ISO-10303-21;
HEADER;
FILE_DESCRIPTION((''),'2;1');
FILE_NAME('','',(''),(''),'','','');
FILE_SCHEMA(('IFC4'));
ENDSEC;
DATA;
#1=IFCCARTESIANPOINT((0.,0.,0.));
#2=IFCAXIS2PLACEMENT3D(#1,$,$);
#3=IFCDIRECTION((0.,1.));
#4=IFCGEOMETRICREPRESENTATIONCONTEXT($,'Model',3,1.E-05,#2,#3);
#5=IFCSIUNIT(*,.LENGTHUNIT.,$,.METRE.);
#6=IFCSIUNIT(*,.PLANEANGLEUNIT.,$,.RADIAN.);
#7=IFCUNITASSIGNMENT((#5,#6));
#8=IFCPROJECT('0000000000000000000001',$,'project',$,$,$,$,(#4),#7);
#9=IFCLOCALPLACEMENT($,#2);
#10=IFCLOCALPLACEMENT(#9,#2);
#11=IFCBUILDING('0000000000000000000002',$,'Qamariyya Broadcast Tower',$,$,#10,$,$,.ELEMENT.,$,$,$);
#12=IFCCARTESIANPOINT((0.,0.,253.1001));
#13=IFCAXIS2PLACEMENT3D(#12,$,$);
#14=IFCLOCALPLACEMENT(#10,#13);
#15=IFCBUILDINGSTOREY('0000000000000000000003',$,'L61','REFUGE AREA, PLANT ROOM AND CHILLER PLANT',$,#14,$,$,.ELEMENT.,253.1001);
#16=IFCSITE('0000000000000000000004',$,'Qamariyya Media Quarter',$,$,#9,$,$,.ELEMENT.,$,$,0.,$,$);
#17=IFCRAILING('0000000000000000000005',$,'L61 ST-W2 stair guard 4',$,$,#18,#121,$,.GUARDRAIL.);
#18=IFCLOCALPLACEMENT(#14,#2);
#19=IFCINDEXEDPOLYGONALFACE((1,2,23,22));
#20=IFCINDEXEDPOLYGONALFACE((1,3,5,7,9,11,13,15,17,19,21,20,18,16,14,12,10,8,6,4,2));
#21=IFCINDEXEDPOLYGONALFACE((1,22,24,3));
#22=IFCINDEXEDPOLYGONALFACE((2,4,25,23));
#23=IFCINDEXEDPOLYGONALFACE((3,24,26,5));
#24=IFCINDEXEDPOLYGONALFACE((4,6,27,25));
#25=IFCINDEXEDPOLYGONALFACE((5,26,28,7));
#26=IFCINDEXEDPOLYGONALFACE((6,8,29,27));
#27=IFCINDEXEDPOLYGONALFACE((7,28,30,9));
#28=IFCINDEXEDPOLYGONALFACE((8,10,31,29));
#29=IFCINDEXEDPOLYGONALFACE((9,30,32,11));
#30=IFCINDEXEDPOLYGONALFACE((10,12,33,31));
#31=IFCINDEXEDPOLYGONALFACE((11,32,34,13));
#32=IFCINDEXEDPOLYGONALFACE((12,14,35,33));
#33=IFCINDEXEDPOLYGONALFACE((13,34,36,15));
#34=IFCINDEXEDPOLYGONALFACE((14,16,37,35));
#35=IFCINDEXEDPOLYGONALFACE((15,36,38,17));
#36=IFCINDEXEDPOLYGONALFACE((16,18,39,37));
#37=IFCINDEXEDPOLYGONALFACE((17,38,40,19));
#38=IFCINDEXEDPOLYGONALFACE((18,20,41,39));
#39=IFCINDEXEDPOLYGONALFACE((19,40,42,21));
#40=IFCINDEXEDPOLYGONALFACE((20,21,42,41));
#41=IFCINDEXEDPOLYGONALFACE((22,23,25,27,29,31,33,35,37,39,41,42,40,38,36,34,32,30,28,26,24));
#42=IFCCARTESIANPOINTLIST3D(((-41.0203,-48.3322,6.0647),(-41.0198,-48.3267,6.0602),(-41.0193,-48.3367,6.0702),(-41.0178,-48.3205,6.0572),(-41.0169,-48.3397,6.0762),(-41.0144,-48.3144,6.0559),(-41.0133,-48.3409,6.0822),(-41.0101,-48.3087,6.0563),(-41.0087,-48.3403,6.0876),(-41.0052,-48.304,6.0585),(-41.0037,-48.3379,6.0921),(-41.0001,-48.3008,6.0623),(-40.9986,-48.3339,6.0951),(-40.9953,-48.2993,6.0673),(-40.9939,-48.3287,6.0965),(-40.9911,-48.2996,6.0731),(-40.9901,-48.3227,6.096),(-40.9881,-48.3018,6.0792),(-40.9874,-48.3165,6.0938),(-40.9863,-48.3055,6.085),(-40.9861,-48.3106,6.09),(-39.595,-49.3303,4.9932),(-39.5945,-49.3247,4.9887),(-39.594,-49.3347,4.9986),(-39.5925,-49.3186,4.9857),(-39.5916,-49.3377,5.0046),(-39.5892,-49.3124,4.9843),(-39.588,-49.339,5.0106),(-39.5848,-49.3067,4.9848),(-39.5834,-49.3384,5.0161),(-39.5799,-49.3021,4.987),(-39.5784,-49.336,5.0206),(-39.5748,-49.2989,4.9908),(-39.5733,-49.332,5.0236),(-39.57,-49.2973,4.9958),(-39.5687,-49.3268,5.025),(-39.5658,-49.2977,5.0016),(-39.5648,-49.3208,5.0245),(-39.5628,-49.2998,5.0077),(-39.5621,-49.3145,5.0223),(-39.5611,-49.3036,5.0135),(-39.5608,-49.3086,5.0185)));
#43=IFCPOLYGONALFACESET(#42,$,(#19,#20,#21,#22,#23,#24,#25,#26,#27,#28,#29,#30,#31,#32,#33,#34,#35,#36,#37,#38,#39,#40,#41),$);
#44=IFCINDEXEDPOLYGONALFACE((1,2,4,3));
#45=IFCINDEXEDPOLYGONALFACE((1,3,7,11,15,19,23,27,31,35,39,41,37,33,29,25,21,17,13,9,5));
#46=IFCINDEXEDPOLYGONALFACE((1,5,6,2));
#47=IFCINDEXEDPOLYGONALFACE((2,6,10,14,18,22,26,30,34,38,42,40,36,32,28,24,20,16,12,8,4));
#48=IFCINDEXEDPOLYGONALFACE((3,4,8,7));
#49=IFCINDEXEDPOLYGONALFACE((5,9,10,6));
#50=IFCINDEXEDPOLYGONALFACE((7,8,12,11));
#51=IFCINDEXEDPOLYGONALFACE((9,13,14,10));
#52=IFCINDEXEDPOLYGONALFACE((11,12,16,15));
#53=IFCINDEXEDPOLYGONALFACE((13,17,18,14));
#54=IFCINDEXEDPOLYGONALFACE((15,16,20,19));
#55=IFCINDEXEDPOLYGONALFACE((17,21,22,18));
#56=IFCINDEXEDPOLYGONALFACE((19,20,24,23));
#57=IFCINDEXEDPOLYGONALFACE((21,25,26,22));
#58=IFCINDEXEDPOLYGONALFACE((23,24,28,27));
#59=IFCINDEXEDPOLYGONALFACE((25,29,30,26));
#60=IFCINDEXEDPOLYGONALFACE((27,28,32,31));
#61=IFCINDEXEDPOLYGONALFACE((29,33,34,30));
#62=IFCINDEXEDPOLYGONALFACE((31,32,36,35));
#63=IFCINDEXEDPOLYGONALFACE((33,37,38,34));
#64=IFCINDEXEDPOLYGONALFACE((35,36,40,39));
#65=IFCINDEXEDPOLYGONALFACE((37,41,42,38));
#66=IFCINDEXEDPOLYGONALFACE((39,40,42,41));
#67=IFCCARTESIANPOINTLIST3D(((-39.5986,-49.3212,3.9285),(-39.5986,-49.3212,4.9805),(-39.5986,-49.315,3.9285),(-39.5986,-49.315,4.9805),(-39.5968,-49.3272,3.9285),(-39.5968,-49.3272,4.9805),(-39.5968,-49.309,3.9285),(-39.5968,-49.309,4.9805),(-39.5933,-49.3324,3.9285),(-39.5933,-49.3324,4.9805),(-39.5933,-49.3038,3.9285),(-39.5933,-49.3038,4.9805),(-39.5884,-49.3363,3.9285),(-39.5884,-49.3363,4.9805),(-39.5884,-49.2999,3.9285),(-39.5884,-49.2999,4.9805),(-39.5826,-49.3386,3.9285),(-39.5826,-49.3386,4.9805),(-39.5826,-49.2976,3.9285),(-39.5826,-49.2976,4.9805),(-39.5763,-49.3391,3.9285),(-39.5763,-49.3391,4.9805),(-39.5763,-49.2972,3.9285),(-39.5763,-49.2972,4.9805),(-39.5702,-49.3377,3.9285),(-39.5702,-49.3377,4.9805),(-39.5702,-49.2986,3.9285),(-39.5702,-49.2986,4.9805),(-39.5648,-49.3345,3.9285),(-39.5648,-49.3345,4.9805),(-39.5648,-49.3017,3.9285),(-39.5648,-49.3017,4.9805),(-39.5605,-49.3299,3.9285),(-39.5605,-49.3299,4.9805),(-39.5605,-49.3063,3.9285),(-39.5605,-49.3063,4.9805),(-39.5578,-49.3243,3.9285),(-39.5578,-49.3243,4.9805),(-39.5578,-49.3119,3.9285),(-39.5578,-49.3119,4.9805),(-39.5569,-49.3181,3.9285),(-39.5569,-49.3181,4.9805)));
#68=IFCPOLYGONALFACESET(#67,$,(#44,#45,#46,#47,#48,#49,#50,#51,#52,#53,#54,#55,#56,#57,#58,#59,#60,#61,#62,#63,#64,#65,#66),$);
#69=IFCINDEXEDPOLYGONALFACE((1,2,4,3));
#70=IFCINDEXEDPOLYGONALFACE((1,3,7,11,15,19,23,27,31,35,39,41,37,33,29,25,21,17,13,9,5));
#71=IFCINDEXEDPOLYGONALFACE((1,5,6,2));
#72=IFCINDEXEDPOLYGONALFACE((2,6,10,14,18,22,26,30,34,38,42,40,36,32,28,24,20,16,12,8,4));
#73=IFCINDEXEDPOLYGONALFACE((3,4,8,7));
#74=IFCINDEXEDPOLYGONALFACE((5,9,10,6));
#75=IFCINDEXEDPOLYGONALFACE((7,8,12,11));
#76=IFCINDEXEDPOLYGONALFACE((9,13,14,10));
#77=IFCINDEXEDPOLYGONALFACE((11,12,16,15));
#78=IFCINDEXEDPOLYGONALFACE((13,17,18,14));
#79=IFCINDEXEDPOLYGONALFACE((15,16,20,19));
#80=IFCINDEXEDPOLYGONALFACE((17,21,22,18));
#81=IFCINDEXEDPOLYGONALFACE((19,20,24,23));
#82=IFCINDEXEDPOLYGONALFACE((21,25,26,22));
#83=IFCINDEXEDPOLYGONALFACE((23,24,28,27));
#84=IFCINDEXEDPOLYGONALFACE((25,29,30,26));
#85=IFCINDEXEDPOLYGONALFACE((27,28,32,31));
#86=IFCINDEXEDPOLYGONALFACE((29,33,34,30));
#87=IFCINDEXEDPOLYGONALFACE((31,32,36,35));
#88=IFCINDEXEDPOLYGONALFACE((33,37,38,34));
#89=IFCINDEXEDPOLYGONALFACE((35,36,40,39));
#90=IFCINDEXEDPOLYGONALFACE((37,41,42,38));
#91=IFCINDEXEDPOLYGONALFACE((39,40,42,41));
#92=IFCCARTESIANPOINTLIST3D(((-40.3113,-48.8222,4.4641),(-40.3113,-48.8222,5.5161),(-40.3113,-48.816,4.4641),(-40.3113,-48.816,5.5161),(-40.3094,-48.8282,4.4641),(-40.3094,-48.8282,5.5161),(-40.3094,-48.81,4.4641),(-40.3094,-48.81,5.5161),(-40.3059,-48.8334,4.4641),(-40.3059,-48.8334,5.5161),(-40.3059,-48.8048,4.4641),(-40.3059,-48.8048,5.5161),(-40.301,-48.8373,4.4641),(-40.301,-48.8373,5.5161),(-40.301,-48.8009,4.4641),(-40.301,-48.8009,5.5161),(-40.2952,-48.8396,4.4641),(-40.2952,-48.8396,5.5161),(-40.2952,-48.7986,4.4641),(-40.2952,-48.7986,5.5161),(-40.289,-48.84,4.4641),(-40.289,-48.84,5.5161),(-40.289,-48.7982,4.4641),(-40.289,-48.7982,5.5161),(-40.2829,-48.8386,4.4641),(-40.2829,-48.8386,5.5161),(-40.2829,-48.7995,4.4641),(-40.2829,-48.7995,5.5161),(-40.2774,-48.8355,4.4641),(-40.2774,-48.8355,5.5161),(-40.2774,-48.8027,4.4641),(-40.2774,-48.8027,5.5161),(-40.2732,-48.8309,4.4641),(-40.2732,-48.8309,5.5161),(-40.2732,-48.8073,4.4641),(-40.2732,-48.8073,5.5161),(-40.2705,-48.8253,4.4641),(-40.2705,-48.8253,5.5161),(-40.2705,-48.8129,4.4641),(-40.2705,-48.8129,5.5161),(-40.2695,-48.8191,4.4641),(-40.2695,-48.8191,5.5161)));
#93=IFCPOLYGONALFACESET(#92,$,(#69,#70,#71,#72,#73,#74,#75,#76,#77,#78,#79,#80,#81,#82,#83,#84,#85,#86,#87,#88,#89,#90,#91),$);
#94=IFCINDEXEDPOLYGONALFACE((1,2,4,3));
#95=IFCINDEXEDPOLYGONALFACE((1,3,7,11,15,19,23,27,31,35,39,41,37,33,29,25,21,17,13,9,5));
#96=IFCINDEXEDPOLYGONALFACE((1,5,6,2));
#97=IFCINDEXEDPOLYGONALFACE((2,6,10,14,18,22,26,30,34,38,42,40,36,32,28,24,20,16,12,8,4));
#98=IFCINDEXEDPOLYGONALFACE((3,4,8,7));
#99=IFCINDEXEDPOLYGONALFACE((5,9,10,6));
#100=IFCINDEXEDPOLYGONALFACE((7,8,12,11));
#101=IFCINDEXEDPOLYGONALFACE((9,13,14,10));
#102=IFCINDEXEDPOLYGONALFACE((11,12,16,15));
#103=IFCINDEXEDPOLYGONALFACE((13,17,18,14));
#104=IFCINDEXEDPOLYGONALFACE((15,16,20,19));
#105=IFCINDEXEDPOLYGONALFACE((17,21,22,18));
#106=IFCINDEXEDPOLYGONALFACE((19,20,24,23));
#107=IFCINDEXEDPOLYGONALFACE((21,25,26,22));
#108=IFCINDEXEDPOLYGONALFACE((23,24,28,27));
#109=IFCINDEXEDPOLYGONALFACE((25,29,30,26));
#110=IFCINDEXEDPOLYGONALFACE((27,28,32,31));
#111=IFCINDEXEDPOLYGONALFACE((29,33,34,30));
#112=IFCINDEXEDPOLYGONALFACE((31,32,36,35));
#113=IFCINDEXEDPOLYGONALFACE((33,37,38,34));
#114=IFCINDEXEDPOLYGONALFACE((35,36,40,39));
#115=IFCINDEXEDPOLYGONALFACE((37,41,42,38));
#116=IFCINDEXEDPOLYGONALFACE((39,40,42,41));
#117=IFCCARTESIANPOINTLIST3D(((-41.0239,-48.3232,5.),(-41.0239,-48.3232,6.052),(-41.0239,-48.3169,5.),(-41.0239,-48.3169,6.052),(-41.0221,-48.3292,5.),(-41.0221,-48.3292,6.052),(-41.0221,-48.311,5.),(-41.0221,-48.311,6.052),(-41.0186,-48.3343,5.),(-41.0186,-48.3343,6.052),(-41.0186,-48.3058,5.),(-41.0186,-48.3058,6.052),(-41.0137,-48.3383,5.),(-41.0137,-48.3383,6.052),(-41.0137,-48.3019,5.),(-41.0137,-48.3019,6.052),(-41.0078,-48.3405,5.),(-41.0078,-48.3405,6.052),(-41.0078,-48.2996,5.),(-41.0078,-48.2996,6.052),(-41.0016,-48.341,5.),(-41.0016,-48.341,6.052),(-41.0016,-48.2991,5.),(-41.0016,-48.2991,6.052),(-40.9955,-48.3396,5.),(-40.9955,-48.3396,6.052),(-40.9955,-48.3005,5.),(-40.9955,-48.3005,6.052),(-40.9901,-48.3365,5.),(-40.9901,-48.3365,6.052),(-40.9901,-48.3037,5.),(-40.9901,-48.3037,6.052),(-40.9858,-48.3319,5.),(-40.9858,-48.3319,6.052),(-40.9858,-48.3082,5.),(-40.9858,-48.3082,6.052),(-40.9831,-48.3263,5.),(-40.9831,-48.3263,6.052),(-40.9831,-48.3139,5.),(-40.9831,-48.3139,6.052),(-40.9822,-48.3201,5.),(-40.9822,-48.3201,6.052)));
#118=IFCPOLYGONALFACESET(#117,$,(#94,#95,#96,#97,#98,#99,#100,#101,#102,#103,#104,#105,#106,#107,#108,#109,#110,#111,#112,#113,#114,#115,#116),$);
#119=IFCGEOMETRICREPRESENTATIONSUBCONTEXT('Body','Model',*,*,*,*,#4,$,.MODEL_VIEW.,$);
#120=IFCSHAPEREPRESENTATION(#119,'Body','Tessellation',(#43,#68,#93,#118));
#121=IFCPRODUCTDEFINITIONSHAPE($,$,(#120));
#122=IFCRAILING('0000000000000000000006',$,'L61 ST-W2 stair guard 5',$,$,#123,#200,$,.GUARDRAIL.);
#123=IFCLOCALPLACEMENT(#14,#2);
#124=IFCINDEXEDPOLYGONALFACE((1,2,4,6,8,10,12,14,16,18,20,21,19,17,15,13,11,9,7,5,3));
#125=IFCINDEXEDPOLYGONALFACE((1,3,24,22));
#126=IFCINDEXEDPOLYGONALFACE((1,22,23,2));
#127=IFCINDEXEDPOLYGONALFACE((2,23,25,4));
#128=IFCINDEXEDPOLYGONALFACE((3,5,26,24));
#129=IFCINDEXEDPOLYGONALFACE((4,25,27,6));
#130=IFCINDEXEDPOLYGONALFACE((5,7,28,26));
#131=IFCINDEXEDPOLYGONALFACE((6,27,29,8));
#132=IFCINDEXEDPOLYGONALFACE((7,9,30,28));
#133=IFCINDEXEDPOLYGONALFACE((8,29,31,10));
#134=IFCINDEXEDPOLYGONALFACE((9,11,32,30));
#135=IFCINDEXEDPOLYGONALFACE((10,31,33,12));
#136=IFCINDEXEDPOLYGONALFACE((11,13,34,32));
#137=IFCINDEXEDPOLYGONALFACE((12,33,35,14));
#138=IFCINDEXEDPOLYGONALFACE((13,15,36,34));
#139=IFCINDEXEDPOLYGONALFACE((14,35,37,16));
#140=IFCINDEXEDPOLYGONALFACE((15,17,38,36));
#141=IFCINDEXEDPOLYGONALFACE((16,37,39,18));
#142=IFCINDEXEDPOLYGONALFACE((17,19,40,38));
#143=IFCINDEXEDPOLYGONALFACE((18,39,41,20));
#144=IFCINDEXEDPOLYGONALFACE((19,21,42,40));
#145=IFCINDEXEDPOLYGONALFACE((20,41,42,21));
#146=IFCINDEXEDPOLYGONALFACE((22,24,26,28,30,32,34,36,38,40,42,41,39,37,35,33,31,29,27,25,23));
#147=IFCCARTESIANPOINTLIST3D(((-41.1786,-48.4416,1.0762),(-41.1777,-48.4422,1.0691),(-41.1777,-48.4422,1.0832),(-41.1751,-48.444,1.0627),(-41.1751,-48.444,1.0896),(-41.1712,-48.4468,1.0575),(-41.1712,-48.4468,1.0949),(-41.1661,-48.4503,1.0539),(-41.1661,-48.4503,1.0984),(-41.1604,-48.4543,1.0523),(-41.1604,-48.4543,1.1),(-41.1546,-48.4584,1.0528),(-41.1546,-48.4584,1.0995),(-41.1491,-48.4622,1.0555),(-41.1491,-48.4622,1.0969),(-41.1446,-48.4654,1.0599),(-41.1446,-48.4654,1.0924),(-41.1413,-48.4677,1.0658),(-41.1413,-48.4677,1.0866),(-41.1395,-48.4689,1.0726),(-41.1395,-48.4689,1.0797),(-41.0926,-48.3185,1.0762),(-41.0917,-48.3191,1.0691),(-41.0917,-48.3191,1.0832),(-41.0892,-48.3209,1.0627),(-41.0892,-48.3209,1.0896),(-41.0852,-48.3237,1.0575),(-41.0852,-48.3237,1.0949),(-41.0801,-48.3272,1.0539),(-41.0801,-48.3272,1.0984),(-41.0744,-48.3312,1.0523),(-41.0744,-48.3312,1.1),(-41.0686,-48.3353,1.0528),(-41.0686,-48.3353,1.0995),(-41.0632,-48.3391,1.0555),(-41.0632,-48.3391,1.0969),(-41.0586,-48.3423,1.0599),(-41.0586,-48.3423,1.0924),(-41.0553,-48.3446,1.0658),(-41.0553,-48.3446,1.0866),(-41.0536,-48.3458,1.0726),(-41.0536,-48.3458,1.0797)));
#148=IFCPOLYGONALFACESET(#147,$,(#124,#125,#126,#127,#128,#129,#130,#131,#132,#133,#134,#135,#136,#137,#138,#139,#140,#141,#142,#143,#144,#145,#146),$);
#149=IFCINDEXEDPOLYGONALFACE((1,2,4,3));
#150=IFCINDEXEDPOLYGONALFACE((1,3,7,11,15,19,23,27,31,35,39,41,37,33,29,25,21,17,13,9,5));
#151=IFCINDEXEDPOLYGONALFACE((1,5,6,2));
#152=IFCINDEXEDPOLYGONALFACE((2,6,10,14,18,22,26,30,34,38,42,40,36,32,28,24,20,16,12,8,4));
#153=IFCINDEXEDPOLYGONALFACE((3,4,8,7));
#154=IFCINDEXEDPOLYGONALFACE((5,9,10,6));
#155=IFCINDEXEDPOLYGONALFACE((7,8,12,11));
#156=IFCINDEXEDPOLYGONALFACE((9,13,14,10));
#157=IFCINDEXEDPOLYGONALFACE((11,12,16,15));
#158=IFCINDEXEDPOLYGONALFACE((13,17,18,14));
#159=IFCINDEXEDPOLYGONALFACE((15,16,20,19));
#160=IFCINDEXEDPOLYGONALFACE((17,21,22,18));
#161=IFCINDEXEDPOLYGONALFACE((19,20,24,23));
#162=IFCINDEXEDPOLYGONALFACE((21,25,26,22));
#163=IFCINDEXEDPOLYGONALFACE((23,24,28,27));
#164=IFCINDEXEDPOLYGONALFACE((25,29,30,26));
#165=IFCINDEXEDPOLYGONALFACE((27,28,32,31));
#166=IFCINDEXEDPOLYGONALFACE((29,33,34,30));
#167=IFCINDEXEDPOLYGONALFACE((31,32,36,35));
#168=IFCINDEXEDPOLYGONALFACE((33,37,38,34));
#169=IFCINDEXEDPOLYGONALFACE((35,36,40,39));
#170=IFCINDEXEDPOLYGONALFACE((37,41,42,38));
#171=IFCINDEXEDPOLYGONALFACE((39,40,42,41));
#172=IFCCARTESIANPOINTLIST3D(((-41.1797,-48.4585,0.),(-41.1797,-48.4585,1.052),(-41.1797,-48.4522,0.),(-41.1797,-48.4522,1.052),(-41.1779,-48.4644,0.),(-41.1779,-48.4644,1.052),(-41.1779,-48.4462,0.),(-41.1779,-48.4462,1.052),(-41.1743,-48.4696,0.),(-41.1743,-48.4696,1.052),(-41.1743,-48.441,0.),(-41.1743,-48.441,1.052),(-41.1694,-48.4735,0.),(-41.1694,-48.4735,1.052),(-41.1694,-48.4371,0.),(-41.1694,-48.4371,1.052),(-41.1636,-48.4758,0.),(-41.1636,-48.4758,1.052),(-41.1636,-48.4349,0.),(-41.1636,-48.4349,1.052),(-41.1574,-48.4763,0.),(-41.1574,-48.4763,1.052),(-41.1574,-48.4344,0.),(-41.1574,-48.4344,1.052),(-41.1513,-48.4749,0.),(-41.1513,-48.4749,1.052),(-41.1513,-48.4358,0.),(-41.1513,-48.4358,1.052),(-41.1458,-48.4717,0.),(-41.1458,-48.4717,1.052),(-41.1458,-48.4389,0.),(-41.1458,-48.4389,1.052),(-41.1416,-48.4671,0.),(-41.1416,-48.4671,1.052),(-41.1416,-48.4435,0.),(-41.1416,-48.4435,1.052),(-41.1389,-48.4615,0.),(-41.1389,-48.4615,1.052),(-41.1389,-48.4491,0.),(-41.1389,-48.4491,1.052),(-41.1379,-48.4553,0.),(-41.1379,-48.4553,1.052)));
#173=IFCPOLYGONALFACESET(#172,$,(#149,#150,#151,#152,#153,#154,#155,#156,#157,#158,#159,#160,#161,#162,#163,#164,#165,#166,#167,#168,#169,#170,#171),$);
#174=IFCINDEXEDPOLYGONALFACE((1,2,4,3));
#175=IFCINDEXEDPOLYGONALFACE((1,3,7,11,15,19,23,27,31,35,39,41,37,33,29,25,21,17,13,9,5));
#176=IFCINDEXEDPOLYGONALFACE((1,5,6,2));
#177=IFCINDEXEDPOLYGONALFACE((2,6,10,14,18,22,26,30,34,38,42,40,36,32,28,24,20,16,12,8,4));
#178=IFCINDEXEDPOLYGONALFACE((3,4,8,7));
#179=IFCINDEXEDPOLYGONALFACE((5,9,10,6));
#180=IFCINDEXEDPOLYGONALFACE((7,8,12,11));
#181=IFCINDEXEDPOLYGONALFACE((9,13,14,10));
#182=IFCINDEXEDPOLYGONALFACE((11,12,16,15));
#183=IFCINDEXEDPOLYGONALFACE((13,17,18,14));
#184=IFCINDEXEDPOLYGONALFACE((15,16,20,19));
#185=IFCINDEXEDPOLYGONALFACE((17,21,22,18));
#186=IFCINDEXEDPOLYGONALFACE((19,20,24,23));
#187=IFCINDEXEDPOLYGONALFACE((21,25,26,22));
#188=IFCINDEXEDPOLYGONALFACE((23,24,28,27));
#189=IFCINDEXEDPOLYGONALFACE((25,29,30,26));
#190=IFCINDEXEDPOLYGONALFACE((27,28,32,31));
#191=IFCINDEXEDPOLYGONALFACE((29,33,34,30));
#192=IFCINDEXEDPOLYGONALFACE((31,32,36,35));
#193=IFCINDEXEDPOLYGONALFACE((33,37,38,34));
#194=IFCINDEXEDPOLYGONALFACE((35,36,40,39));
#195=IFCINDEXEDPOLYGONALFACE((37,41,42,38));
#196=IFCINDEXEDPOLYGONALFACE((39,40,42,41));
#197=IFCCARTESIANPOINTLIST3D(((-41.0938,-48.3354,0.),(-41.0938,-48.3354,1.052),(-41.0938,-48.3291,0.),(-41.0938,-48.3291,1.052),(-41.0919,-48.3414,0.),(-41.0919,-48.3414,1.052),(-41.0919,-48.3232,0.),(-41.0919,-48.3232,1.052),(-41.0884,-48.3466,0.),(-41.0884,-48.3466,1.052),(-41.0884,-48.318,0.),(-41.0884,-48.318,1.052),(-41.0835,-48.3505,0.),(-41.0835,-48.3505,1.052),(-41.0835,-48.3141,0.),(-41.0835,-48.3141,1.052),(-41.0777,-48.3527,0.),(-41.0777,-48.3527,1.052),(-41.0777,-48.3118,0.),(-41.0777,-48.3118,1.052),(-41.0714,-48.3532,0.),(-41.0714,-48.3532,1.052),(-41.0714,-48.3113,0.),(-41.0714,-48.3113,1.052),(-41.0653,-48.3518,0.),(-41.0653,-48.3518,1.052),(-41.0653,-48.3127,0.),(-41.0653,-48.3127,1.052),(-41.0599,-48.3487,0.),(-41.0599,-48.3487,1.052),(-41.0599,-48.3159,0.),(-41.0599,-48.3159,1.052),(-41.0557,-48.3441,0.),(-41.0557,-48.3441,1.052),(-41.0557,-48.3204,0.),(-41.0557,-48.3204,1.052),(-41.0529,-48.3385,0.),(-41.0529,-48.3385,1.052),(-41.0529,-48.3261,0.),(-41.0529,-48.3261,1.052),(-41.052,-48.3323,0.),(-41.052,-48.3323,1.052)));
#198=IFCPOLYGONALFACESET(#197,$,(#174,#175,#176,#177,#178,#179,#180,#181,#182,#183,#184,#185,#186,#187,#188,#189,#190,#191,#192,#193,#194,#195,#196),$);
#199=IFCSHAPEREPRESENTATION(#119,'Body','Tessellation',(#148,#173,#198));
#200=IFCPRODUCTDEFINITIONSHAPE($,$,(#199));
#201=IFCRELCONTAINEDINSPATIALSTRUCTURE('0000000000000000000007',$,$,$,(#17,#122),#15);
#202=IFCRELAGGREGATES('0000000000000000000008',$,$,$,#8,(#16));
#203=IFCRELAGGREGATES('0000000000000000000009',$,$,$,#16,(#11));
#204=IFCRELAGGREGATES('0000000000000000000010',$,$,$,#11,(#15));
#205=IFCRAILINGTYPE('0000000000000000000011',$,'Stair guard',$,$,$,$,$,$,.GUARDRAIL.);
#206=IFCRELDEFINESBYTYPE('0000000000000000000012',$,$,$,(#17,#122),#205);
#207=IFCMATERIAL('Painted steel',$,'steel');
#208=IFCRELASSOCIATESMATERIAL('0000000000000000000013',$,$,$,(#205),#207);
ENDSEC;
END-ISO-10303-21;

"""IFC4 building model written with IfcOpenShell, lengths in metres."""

from ifc_helpers import new_model, si_unit, direction, frame, origin, origin_2d, place, context, subcontext, project, spatial, circle, extrude, material, type_object, element, save


model = new_model("IFC4")

# Units and contexts
model_context = context("Model", 3, precision=1e-05, world=origin(), true_north=direction((0.0, 1.0)))
body_context = subcontext(model_context, "Body", "Model", "MODEL_VIEW")
ifc_project = project(units=[si_unit("LENGTHUNIT", "METRE"), si_unit("PLANEANGLEUNIT", "RADIAN")], contexts=[model_context])

# Site, building, storey
site_placement = place(None, origin())
site = spatial("IfcSite", under=ifc_project, at=site_placement, Name="Qamariyya Media Quarter", CompositionType="ELEMENT", RefElevation=0.0)
building_placement = place(site_placement, origin())
building = spatial("IfcBuilding", under=site, at=building_placement, Name="Qamariyya Broadcast Tower", CompositionType="ELEMENT")
storey_placement = place(building_placement, frame((0.0, 0.0, 253.1001)))
storey = spatial("IfcBuildingStorey", under=building, at=storey_placement, Name="L61", Description="REFUGE AREA, PLANT ROOM AND CHILLER PLANT", CompositionType="ELEMENT", Elevation=253.1001)

# Railings
ifc_material_1 = material(Name="Painted steel", Category="steel")
railing_type_1 = type_object("IfcRailingType", Name="Stair guard", PredefinedType="GUARDRAIL", material=ifc_material_1)
railing_1_placement = place(storey_placement, frame((-39.5779, -49.3181, 3.9285)))
element("IfcRailing", 1, at=railing_1_placement, inside=storey, type_object=railing_type_1, Name="L61 ST-W2 stair guard 4", PredefinedType="GUARDRAIL", context=body_context, shape_type="SweptSolid", body=[
    extrude(circle(Radius=0.0239, at=origin_2d()), frame((0.0, 0.0, 1.0762), z_axis=(-0.697489, 0.48841, 0.524371), x_axis=(-0.573594, -0.81914, 0.0)), (0.0, 0.0, 1.0), 2.0435),
    extrude(circle(Radius=0.021, at=origin_2d()), origin(), (0.0, 0.0, 1.0), 1.052),
    extrude(circle(Radius=0.021, at=origin_2d()), frame((-0.7126, 0.499, 0.5356)), (0.0, 0.0, 1.0), 1.052),
    extrude(circle(Radius=0.021, at=origin_2d()), frame((-1.4253, 0.998, 1.0715)), (0.0, 0.0, 1.0), 1.052),
])
railing_2_placement = place(storey_placement, frame((-41.1589, -48.4553, 0.0)))
element("IfcRailing", 2, at=railing_2_placement, inside=storey, type_object=railing_type_1, Name="L61 ST-W2 stair guard 5", PredefinedType="GUARDRAIL", context=body_context, shape_type="SweptSolid", body=[
    extrude(circle(Radius=0.0239, at=origin_2d()), frame((0.0, 0.0, 1.0762), z_axis=(0.572589, 0.819843, 0.0), x_axis=(-0.819843, 0.572589, 0.0)), (0.0, 0.0, 1.0), 0.1501),
    extrude(circle(Radius=0.021, at=origin_2d()), origin(), (0.0, 0.0, 1.0), 1.052),
    extrude(circle(Radius=0.021, at=origin_2d()), frame((0.0859, 0.123, 0.0)), (0.0, 0.0, 1.0), 1.052),
])

save(model, "model.ifc")
